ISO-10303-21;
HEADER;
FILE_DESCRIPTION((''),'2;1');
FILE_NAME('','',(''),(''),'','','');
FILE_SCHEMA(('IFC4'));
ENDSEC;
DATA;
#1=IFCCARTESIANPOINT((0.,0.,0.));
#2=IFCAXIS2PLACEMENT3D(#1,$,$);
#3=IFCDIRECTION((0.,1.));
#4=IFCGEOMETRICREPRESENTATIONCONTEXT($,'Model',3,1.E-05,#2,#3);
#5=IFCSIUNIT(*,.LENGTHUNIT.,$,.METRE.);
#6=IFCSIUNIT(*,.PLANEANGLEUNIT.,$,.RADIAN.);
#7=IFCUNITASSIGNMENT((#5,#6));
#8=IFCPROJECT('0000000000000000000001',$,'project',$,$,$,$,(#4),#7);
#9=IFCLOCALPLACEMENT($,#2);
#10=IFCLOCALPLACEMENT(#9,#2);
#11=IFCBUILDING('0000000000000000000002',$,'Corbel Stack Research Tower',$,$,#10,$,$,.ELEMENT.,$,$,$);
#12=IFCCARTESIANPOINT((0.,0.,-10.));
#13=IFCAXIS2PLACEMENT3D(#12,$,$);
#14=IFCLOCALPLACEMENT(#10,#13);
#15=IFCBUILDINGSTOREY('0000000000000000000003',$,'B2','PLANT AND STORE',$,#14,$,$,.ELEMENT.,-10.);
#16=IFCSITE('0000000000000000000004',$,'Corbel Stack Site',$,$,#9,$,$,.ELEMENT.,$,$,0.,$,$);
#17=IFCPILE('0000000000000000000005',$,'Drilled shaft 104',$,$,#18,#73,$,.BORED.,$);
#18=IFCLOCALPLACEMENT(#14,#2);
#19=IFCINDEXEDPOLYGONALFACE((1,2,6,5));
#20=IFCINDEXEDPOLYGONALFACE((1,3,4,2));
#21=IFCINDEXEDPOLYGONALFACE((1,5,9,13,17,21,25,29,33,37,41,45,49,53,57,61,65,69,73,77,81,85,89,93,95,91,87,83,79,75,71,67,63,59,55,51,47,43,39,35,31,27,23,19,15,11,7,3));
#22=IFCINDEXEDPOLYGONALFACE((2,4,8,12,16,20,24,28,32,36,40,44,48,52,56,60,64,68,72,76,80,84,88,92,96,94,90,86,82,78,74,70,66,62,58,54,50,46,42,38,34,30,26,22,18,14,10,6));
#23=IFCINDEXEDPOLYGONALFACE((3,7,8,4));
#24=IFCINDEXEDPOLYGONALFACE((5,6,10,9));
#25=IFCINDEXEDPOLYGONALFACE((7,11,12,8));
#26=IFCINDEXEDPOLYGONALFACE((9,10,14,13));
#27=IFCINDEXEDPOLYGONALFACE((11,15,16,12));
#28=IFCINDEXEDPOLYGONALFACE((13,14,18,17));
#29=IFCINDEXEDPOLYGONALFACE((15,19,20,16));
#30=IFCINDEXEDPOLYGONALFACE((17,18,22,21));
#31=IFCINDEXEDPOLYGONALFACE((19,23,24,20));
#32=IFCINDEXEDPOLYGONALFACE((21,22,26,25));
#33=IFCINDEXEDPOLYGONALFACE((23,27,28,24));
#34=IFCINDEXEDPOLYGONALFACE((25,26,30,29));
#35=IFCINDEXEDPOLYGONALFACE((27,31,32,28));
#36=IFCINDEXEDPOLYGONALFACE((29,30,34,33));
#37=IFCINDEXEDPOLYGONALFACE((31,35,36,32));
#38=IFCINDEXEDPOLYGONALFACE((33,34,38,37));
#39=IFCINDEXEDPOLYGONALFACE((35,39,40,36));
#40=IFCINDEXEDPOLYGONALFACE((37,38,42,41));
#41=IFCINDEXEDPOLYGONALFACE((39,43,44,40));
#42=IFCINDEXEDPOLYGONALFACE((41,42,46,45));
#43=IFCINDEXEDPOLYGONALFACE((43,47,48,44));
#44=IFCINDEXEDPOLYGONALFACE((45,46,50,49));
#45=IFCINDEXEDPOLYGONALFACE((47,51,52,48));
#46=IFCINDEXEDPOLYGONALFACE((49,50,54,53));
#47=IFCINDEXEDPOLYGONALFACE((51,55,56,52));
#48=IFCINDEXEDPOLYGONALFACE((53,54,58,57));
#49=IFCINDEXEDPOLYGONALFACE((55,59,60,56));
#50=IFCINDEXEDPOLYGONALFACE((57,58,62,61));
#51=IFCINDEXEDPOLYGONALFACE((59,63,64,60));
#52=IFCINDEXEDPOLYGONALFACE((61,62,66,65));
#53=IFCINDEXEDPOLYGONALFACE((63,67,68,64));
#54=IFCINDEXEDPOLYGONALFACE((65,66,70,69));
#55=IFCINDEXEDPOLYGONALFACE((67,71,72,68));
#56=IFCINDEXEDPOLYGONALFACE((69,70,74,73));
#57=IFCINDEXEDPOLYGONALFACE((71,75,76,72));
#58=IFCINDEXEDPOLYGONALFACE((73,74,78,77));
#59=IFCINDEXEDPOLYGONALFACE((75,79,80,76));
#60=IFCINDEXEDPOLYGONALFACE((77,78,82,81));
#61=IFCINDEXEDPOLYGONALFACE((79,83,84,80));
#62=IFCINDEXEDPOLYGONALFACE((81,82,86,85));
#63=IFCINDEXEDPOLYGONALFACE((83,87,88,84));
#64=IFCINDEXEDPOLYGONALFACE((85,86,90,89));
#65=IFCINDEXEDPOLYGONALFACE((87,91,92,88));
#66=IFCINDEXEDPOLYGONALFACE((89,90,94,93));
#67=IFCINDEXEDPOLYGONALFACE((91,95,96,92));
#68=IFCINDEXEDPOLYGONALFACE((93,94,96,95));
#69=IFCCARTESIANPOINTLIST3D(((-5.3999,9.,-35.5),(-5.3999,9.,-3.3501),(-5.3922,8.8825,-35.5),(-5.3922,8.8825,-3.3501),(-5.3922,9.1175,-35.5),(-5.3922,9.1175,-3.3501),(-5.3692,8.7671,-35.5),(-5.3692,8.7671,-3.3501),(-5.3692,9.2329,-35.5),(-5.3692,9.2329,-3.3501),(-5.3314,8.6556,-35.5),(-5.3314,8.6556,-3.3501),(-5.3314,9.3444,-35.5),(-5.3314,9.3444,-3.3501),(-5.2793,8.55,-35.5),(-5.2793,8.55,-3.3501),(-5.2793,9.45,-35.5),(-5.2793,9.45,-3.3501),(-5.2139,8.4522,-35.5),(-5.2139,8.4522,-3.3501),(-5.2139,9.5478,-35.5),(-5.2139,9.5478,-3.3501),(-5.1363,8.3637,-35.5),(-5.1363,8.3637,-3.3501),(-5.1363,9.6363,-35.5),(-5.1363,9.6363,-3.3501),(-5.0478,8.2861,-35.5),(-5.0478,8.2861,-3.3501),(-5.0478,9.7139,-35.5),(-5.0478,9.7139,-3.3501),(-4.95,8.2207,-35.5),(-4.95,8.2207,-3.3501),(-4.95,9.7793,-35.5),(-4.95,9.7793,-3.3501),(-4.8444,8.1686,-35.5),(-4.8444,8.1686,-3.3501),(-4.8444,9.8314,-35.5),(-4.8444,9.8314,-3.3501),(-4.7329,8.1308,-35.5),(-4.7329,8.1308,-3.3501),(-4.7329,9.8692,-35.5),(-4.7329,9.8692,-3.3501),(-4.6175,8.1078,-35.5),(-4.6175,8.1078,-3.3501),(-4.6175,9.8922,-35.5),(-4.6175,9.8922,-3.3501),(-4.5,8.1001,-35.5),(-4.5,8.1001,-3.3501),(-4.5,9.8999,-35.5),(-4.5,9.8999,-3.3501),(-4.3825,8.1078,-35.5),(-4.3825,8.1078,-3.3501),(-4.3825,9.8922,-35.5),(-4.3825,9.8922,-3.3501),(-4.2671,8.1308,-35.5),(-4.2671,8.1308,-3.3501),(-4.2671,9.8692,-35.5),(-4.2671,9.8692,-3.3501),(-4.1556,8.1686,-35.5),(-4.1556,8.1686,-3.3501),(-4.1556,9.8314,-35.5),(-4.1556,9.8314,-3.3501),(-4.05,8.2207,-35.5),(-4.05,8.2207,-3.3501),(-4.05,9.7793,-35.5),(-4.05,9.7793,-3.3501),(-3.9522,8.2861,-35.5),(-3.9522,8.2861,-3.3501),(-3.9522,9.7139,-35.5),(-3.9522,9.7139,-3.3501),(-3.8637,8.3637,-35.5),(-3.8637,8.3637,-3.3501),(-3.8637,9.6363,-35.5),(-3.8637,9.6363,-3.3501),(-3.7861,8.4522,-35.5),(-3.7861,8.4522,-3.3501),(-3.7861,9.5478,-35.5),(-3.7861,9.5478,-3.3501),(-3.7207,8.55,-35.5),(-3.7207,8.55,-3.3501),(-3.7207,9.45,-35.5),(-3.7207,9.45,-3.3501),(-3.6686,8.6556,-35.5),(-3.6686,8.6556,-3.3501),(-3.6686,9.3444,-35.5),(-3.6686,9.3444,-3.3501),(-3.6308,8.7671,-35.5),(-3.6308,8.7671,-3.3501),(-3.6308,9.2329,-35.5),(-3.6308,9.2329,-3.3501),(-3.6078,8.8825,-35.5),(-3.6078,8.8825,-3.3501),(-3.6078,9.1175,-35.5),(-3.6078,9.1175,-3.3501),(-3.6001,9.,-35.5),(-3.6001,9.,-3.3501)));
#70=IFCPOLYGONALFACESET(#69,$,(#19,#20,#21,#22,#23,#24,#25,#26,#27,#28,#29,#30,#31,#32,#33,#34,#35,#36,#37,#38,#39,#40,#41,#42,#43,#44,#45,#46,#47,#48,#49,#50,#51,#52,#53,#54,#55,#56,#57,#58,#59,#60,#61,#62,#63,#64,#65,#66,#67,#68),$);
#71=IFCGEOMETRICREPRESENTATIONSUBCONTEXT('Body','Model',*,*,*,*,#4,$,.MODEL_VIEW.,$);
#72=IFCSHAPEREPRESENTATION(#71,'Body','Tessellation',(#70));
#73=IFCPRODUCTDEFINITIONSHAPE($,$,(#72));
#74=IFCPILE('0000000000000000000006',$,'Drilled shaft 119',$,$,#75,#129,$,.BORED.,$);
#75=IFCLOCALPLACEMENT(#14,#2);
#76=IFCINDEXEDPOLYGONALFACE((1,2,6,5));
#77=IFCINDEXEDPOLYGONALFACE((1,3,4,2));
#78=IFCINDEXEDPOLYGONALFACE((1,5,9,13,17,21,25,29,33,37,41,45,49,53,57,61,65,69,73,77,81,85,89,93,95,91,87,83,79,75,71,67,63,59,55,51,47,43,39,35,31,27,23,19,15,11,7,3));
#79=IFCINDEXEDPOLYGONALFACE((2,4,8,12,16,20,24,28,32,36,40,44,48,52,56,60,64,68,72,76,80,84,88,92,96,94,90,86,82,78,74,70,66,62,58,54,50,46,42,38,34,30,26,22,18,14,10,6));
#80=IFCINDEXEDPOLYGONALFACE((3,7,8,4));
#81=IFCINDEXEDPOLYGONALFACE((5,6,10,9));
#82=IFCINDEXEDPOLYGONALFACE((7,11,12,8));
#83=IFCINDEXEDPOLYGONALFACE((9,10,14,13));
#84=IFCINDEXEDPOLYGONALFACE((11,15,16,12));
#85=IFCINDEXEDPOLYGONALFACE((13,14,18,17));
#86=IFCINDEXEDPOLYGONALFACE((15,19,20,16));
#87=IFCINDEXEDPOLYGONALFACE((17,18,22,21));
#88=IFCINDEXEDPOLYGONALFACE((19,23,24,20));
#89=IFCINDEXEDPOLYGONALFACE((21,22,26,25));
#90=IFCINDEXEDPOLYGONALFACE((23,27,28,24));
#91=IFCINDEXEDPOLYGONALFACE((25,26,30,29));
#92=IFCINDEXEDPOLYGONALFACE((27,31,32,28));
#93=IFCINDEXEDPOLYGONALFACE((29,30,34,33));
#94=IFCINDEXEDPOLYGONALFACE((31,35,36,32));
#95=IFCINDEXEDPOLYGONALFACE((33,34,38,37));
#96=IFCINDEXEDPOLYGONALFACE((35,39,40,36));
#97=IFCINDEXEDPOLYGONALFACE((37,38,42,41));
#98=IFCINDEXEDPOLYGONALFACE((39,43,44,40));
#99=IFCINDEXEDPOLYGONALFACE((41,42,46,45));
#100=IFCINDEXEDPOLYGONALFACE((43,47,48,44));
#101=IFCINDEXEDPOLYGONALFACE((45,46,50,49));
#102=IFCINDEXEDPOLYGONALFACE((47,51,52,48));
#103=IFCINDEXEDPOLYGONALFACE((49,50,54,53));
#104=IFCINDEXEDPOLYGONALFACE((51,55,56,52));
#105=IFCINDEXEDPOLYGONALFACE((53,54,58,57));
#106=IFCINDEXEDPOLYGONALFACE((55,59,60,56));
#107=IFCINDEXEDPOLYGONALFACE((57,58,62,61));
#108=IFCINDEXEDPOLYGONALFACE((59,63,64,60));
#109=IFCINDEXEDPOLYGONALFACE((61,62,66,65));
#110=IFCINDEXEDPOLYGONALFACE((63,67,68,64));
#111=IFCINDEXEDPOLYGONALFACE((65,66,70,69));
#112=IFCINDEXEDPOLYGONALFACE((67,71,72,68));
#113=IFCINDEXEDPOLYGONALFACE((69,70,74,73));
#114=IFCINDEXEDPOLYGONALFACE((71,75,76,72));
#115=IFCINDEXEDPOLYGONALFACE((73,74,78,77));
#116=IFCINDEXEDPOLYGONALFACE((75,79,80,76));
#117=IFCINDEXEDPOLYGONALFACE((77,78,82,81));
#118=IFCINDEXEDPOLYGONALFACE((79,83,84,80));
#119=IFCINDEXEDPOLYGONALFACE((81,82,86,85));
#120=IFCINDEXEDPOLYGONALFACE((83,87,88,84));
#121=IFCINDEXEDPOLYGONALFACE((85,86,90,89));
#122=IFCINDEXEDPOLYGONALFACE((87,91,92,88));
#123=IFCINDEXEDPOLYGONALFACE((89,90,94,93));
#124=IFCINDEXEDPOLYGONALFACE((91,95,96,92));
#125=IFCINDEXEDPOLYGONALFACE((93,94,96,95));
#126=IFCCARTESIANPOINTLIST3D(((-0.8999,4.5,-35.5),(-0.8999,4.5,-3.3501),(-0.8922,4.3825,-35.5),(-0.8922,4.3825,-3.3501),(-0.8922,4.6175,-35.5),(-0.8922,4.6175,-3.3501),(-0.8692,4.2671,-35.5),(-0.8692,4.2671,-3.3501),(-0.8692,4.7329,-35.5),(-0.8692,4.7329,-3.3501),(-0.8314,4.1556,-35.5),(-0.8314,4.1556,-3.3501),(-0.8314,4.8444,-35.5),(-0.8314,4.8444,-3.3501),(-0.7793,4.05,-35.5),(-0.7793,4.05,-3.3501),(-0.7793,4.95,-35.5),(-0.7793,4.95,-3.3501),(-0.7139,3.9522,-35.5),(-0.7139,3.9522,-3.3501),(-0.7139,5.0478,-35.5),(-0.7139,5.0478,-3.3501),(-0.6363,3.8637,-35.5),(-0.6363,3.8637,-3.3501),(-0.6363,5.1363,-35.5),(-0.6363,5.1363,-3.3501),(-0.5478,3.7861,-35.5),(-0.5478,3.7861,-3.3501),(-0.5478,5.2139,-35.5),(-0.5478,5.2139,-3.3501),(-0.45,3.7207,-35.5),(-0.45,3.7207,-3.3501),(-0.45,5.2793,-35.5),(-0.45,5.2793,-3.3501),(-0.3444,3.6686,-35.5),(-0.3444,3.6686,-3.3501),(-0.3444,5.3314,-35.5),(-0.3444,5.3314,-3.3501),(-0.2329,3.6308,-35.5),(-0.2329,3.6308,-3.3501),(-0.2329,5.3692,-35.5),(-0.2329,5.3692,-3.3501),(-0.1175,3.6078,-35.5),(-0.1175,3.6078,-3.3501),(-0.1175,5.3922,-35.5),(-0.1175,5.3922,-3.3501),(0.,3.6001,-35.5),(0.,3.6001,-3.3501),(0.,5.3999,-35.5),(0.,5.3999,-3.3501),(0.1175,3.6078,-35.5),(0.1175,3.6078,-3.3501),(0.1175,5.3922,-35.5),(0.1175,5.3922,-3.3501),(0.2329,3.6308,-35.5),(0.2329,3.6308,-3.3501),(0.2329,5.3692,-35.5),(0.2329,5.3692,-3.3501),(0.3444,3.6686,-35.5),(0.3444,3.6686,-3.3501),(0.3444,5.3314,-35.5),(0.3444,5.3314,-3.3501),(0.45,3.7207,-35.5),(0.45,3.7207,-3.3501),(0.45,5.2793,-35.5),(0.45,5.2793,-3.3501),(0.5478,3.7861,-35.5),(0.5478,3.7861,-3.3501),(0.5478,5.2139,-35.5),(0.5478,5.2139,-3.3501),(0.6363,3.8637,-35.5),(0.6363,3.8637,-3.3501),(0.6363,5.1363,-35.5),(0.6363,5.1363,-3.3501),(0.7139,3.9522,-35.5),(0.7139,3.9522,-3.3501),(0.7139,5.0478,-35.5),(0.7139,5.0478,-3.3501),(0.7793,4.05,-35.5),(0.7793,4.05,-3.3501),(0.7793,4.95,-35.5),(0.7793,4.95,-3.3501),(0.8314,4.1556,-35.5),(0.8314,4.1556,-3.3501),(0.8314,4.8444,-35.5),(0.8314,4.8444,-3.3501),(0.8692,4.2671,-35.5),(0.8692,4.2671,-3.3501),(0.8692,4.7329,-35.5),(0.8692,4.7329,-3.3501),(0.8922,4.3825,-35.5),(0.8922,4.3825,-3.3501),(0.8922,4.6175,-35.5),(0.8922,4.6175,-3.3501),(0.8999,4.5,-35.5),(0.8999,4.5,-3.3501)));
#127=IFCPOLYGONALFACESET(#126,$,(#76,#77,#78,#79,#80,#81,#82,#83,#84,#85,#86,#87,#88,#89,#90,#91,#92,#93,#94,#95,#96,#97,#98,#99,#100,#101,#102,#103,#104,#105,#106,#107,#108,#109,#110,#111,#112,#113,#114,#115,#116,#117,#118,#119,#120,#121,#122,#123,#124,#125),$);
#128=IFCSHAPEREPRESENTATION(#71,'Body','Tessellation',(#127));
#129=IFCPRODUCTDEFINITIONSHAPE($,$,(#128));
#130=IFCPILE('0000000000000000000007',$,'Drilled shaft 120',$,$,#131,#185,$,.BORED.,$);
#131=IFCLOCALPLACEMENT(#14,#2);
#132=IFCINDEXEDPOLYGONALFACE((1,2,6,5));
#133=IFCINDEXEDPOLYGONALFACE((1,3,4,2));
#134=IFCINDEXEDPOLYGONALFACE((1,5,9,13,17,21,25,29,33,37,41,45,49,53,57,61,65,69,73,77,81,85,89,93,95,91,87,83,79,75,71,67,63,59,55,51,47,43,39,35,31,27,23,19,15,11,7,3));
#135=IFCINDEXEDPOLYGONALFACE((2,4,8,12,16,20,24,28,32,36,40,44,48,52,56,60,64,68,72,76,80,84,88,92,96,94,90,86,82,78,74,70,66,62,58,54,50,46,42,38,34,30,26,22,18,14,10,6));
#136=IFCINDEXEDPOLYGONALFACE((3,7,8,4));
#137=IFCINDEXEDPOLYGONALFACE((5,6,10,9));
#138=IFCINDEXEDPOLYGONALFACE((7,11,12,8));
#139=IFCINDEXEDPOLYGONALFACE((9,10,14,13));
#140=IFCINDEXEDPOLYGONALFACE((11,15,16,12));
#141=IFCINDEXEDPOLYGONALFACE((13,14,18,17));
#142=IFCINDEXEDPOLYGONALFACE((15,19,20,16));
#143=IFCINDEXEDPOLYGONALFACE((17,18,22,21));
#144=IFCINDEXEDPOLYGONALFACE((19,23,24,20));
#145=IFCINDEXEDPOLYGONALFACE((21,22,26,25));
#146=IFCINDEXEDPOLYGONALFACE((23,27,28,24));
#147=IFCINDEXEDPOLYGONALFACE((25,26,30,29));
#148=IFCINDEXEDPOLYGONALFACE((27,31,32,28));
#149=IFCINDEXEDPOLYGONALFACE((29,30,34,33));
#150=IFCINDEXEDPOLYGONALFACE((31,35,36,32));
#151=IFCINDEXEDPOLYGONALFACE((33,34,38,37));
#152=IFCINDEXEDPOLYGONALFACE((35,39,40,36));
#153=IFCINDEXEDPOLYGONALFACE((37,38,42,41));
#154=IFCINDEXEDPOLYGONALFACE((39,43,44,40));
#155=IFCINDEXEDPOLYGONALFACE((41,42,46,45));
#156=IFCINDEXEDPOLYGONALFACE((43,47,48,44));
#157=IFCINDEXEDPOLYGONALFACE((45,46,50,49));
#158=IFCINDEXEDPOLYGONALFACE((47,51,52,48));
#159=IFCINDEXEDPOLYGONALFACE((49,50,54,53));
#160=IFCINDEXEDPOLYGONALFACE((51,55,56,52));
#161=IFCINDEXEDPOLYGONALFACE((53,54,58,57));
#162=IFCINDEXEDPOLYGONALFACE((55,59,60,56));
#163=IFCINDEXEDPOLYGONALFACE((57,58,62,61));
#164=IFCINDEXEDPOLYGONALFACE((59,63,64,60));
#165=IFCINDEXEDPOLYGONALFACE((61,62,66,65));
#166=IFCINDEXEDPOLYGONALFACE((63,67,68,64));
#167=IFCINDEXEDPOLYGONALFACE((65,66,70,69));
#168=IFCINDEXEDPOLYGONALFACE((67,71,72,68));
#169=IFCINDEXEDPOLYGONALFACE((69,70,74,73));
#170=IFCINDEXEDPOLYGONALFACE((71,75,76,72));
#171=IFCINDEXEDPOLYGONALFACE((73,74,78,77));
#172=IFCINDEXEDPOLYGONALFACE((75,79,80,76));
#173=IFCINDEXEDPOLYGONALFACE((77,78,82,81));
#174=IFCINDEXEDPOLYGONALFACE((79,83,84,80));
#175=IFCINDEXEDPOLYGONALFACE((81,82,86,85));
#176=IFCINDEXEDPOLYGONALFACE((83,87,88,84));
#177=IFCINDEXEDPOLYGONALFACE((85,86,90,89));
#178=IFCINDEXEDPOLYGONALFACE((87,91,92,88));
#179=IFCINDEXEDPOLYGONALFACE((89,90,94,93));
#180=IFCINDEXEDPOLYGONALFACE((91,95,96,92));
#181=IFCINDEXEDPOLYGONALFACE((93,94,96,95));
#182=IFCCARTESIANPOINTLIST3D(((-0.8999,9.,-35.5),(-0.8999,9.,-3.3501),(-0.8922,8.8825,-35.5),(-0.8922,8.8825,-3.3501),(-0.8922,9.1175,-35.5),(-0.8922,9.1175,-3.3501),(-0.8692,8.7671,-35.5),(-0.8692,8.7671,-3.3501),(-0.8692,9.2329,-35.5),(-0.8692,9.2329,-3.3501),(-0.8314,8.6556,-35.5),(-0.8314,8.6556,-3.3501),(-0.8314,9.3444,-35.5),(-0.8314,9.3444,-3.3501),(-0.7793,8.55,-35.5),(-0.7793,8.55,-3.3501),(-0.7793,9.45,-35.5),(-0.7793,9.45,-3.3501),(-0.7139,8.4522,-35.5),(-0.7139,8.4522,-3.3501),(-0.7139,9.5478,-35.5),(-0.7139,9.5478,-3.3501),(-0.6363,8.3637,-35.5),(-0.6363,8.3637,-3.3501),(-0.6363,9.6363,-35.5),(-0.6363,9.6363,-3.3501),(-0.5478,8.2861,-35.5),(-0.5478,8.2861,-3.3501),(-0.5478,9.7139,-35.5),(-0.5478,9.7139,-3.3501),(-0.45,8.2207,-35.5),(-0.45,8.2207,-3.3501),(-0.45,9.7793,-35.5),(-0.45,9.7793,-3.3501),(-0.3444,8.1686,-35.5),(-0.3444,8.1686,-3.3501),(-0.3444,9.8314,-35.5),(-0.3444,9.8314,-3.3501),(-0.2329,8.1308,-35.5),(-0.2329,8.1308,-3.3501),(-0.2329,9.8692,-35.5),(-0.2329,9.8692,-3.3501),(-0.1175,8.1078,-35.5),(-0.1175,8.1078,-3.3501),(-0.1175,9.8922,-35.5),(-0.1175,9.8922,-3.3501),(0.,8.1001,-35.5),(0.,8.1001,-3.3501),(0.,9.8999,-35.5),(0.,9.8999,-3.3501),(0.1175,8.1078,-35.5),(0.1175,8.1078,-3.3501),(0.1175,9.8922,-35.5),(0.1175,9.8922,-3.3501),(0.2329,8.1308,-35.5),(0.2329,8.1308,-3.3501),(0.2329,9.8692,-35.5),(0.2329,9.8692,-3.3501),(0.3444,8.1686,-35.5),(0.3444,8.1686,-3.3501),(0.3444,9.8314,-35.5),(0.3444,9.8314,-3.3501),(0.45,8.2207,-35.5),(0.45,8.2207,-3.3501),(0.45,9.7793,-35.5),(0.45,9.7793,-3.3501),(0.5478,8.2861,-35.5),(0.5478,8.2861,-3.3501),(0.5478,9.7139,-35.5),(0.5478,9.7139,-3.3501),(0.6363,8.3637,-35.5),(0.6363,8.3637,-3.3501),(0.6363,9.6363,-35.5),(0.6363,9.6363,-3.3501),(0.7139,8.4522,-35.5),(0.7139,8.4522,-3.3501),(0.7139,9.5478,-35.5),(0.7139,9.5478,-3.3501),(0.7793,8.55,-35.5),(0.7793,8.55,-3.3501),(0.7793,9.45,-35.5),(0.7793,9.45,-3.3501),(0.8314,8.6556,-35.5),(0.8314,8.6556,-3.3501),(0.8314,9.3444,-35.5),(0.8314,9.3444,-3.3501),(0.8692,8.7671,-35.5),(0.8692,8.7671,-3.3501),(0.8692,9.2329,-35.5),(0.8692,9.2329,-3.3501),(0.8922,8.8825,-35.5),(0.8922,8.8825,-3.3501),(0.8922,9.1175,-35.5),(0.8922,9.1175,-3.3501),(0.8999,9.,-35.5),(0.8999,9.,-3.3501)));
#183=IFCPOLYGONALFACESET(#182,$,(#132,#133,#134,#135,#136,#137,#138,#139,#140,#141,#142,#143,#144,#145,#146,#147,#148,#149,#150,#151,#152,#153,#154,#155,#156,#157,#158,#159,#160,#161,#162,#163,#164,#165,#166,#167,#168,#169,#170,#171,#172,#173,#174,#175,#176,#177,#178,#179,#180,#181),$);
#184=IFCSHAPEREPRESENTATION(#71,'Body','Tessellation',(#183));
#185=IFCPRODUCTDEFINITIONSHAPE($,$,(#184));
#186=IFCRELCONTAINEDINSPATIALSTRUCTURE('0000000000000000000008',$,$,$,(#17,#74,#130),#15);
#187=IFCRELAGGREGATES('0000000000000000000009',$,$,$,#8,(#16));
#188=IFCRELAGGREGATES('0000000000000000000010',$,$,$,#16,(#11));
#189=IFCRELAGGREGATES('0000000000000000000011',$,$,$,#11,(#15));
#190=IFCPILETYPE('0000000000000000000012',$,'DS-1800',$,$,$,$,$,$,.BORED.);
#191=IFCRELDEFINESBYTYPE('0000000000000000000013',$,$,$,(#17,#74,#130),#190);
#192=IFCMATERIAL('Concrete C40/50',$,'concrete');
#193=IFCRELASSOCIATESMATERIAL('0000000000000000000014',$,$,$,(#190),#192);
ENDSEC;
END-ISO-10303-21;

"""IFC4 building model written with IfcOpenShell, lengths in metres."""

from ifc_helpers import new_model, si_unit, direction, frame, origin, origin_2d, place, context, subcontext, project, spatial, circle, extrude, material, material_profile, profile_set, type_object, element, save


model = new_model("IFC4")

# Units and contexts
model_context = context("Model", 3, precision=1e-05, world=origin(), true_north=direction((0.0, 1.0)))
body_context = subcontext(model_context, "Body", "Model", "MODEL_VIEW")
ifc_project = project(units=[si_unit("LENGTHUNIT", "METRE"), si_unit("PLANEANGLEUNIT", "RADIAN")], contexts=[model_context])

# Site, building, storey
site_placement = place(None, origin())
site = spatial("IfcSite", under=ifc_project, at=site_placement, Name="Corbel Stack Site", CompositionType="ELEMENT", RefElevation=0.0)
building_placement = place(site_placement, origin())
building = spatial("IfcBuilding", under=site, at=building_placement, Name="Corbel Stack Research Tower", CompositionType="ELEMENT")
storey_placement = place(building_placement, frame((0.0, 0.0, -10.0)))
storey = spatial("IfcBuildingStorey", under=building, at=storey_placement, Name="B2", Description="PLANT AND STORE", CompositionType="ELEMENT", Elevation=-10.0)

# Piles
ifc_material_1 = material(Name="Concrete C40/50", Category="concrete")
ifc_material_profile = material_profile(ifc_material_1, circle(Radius=0.8999, at=origin_2d()), Name="Shaft 1800")
ifc_profile_set = profile_set([ifc_material_profile], Name="Concrete C40/50")
pile_type = type_object("IfcPileType", Name="DS-1800", PredefinedType="BORED", material=ifc_profile_set)
for number, where, z_axis, x_axis, name in (
    (1, (-4.5, 9.0, -3.3501), (0.0, 0.0, -1.0), (1.0, 0.0, 0.0), "Drilled shaft 104"),
    (2, (0.0, 4.5, -3.3501), (0.0, 0.0, -1.0), (1.0, 0.0, 0.0), "Drilled shaft 119"),
    (3, (0.0, 9.0, -3.3501), (0.0, 0.0, -1.0), (1.0, 0.0, 0.0), "Drilled shaft 120"),
):
    element("IfcPile", number, at=place(storey_placement, frame(where, z_axis=z_axis, x_axis=x_axis)), inside=storey, type_object=pile_type, Name=name, PredefinedType="BORED", context=body_context, shape_type="SweptSolid", body=[
        extrude(circle(Radius=0.8999, at=origin_2d()), origin(), (0.0, 0.0, 1.0), 32.1499),
    ])

save(model, "model.ifc")
